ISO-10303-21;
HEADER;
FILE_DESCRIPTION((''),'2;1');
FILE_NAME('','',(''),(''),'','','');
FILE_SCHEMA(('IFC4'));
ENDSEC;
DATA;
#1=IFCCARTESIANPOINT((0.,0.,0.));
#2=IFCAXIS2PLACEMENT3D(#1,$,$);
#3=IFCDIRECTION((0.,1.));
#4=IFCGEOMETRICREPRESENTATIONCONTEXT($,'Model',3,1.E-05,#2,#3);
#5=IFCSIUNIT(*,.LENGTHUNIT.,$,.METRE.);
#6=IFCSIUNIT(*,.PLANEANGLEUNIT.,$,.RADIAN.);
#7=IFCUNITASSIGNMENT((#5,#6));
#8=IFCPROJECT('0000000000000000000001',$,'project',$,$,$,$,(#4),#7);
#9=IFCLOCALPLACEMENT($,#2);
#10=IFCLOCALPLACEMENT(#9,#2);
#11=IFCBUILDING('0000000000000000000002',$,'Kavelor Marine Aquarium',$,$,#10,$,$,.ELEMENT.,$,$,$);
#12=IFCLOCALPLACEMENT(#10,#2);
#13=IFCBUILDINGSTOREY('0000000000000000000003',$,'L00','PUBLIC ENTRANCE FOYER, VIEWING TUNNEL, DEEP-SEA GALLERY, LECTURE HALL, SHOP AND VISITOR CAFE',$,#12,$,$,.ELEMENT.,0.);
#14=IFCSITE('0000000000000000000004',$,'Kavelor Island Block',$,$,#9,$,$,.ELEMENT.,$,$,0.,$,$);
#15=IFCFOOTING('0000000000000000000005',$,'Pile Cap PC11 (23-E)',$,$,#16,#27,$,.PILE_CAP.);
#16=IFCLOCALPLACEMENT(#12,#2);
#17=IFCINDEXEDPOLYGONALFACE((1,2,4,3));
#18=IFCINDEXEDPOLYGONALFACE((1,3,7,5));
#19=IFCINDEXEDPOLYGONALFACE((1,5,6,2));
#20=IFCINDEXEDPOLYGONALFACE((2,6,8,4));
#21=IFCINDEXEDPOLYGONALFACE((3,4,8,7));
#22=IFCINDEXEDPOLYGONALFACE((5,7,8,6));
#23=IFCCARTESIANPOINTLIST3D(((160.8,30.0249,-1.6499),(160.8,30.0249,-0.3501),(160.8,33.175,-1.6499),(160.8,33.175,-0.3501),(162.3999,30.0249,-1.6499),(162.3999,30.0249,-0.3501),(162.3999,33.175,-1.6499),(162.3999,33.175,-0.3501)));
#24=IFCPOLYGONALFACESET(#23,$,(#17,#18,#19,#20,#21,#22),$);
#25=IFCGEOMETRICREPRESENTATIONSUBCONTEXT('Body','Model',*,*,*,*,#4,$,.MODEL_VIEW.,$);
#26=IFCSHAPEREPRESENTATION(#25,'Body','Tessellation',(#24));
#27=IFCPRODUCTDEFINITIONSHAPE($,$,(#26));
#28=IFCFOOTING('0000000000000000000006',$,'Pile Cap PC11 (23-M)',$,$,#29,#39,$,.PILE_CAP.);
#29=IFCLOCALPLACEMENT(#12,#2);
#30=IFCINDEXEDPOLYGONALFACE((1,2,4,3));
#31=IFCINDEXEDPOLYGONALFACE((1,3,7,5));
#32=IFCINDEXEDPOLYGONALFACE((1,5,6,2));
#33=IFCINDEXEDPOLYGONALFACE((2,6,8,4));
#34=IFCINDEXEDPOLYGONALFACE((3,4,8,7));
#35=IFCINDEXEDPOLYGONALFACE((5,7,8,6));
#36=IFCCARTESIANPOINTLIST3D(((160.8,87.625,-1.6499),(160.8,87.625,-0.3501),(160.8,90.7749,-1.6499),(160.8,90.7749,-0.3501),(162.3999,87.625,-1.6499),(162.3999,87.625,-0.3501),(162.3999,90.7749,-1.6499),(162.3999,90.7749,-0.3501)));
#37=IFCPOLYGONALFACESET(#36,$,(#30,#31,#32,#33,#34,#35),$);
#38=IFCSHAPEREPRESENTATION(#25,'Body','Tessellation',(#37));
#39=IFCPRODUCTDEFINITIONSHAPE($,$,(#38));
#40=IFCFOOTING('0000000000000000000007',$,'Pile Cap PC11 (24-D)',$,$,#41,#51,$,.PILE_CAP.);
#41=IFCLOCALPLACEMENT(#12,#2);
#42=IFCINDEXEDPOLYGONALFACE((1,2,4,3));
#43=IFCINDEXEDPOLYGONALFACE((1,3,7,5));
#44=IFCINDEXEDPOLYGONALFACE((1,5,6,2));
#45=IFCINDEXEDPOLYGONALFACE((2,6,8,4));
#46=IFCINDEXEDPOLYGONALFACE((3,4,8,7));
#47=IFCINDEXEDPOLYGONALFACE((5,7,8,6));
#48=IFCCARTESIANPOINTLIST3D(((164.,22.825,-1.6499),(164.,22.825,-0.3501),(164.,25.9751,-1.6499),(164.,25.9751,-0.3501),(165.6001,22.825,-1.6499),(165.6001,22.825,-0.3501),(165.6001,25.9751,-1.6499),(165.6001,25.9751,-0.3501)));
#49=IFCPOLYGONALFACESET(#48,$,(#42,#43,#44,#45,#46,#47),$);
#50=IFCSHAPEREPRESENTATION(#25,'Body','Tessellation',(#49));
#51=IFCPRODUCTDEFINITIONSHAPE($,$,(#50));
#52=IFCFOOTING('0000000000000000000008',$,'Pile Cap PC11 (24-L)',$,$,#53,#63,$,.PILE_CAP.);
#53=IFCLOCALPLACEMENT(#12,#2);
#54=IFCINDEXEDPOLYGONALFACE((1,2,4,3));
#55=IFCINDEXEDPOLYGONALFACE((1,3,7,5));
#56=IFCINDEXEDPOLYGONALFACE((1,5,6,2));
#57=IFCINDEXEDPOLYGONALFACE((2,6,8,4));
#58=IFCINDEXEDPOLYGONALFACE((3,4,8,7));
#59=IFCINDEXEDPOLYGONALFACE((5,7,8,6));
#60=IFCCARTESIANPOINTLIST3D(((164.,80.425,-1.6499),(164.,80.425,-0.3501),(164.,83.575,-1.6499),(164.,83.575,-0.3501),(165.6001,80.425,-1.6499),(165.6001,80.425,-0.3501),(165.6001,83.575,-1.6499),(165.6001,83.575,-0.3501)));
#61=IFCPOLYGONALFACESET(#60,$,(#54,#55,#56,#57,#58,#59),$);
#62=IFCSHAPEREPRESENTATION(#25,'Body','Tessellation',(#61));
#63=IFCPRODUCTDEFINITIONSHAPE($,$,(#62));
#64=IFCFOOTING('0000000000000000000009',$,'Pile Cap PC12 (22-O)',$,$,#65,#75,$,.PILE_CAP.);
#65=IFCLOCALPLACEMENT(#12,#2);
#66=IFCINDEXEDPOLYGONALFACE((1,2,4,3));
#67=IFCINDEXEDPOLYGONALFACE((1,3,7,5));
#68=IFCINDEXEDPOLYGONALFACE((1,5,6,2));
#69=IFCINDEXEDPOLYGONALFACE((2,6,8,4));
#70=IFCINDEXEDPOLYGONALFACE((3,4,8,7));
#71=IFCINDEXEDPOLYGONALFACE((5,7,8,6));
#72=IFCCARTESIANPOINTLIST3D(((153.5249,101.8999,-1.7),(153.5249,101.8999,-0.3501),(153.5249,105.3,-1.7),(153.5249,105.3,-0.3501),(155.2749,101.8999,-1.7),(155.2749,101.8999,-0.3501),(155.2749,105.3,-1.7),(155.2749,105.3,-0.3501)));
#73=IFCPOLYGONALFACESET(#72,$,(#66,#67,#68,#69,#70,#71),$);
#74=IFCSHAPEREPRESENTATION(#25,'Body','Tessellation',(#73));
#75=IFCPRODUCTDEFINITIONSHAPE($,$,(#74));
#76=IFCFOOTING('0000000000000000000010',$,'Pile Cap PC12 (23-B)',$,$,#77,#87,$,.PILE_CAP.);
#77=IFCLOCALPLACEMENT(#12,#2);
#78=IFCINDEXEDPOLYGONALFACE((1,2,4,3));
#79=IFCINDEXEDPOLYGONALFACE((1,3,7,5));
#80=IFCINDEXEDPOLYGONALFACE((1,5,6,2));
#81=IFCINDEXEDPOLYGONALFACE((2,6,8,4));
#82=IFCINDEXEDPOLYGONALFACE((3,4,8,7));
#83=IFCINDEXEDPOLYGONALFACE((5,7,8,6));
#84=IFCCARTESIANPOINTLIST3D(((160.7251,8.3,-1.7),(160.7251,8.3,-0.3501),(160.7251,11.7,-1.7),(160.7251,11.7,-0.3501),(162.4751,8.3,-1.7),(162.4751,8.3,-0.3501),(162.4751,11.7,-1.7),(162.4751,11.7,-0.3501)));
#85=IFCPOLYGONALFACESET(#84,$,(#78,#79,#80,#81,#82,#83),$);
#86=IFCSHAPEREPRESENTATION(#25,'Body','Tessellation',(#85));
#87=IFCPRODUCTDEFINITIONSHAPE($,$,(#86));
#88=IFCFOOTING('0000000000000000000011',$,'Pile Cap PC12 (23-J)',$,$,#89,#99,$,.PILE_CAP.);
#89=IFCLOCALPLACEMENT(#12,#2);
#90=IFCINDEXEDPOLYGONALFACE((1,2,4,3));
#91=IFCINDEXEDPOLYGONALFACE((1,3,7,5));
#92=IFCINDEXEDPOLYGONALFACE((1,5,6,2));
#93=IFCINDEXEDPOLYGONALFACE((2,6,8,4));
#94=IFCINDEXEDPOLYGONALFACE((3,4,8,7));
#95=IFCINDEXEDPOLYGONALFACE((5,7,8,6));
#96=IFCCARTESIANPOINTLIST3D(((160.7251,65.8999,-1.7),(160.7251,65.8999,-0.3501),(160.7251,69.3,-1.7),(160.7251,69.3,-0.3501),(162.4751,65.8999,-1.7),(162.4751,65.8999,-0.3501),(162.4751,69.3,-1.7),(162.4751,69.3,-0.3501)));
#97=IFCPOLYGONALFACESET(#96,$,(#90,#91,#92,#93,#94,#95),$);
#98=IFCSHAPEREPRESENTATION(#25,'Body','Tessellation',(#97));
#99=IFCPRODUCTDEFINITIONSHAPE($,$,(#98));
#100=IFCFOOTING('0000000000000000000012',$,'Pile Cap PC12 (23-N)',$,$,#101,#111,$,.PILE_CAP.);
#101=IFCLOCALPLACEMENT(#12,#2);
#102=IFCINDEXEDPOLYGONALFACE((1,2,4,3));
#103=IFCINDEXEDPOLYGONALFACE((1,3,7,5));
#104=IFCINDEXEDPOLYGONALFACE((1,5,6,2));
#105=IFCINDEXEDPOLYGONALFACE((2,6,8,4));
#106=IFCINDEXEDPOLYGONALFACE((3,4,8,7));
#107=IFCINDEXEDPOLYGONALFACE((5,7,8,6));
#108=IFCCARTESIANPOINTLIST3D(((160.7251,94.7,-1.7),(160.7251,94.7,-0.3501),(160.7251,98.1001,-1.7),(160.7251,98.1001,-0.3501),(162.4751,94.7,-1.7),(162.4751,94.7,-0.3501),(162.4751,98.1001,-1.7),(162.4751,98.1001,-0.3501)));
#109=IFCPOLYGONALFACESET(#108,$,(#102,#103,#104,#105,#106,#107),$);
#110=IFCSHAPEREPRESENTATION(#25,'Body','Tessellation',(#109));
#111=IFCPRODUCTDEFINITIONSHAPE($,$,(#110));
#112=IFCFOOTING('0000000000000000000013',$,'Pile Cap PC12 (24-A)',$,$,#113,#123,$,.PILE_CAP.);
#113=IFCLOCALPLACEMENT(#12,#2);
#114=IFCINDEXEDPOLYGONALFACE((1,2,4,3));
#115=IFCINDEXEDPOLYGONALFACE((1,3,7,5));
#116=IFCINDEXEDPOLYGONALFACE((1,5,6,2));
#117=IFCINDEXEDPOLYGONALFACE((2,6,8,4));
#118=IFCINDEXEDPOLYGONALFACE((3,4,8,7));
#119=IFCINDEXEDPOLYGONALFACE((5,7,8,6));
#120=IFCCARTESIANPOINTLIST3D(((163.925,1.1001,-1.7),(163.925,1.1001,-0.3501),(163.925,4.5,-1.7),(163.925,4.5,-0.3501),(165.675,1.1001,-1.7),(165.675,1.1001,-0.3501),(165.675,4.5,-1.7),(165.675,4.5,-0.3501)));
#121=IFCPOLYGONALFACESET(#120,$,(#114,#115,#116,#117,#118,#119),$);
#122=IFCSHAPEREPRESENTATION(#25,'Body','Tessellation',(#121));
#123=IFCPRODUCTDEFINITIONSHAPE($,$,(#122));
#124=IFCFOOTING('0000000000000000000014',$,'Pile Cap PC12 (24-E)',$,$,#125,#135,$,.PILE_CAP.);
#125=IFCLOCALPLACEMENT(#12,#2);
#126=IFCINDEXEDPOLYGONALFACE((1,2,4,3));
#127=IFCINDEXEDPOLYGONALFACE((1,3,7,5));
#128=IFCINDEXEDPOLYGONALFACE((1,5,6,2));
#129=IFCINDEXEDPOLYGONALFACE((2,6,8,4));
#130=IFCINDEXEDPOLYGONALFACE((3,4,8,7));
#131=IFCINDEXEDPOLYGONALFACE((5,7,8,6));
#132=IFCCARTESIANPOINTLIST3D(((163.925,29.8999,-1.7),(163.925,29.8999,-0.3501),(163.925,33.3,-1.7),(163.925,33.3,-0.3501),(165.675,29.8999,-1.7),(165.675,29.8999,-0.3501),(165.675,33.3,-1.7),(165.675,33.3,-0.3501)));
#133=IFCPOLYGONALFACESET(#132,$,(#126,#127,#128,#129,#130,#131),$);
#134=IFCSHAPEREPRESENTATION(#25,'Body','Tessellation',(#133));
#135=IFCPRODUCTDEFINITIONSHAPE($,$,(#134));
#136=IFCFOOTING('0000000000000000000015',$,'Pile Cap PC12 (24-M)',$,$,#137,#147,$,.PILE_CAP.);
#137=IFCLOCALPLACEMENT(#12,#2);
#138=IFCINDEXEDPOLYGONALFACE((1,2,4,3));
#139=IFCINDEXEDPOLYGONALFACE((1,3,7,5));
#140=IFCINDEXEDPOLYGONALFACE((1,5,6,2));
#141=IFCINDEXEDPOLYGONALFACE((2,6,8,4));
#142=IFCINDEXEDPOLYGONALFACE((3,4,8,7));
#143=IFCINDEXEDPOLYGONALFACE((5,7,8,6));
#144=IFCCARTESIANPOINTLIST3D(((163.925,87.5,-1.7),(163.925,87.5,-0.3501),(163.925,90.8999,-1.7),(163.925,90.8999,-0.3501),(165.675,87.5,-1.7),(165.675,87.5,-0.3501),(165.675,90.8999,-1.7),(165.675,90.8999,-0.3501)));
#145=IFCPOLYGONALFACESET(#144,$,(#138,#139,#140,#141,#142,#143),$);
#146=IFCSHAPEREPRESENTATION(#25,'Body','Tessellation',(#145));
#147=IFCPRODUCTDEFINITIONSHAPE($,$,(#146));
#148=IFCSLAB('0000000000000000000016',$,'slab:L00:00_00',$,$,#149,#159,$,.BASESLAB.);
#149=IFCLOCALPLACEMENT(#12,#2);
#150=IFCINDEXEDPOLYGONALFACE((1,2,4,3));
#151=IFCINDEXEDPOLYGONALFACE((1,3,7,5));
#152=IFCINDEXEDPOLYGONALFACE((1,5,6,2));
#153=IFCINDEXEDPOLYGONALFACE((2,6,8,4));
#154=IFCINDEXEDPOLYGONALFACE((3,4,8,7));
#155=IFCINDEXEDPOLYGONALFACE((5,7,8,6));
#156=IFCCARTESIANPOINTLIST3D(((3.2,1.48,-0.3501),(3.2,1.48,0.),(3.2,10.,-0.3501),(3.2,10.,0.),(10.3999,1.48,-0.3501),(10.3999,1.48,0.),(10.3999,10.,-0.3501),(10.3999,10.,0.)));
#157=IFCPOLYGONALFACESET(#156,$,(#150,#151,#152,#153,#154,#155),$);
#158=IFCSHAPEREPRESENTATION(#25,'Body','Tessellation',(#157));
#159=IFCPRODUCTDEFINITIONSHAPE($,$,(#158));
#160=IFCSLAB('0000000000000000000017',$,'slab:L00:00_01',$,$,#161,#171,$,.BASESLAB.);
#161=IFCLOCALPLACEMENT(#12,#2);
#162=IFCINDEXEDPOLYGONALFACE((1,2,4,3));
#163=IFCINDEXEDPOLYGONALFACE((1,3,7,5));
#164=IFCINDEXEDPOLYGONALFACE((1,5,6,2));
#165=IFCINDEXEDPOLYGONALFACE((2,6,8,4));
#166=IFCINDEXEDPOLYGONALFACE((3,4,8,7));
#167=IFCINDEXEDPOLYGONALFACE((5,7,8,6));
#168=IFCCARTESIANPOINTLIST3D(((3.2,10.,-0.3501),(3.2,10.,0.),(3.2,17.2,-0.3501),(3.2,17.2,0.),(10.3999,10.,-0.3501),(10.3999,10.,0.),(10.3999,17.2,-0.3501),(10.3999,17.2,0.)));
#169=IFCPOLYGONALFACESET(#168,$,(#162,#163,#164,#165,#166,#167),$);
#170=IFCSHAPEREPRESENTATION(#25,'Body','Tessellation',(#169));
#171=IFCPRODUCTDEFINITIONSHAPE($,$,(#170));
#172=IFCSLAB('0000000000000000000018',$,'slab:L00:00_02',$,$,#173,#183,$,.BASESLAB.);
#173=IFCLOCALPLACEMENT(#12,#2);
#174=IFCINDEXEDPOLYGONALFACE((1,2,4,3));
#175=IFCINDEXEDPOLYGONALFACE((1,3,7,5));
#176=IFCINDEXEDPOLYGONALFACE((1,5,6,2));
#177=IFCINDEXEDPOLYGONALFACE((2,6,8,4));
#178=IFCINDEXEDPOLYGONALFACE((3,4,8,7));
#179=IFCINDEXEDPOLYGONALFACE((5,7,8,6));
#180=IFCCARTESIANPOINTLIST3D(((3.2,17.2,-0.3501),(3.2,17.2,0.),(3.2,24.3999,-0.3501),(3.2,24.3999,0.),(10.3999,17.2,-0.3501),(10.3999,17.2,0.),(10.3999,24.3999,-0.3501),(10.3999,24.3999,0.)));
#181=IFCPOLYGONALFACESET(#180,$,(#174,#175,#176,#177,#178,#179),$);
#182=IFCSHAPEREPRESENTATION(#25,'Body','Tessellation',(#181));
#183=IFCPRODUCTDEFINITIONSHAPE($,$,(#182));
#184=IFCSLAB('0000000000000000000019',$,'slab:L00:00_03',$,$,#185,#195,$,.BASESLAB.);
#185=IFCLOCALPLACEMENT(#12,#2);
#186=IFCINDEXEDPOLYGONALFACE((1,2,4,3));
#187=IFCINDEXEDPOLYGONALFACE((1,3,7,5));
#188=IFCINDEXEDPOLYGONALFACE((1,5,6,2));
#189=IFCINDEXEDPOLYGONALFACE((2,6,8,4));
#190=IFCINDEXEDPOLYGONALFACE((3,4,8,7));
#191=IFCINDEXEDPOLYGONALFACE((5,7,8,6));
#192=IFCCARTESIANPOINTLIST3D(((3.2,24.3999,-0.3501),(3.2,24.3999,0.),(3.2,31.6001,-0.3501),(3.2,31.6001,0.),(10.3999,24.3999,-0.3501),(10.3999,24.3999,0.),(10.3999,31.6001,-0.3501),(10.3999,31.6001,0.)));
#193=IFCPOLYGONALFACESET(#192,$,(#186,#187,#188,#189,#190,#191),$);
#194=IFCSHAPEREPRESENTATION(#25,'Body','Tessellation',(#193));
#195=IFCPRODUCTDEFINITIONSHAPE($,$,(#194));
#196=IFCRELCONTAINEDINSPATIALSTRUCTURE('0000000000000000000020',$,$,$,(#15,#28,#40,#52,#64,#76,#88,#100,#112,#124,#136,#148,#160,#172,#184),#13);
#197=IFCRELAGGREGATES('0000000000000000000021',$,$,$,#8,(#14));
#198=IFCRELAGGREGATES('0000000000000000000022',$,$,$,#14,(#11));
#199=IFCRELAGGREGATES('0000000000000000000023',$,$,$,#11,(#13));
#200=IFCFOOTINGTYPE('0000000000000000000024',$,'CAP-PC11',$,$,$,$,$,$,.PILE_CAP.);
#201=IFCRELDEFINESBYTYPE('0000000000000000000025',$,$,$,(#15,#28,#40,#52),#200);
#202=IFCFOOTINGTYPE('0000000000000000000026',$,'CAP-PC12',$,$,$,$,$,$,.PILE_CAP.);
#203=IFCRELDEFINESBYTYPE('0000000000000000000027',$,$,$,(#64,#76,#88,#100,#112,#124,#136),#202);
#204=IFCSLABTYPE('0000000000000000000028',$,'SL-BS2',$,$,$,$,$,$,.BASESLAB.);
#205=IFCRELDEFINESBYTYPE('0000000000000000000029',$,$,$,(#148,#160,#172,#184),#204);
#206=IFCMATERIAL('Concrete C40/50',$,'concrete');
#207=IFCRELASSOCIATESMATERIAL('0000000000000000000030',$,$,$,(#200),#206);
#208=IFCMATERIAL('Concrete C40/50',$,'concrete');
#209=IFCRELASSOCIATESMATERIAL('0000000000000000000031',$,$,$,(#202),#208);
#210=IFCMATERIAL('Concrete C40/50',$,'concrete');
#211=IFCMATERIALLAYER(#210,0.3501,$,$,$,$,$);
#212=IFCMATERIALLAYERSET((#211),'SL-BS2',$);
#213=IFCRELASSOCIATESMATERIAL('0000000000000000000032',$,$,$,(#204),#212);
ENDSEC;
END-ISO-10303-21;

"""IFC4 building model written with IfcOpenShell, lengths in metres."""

from ifc_helpers import new_model, si_unit, direction, frame, origin, place, context, subcontext, project, spatial, polyline, outline, extrude, material, layer, layer_set, type_object, element, save


model = new_model("IFC4")

# Units and contexts
model_context = context("Model", 3, precision=1e-05, world=origin(), true_north=direction((0.0, 1.0)))
body_context = subcontext(model_context, "Body", "Model", "MODEL_VIEW")
ifc_project = project(units=[si_unit("LENGTHUNIT", "METRE"), si_unit("PLANEANGLEUNIT", "RADIAN")], contexts=[model_context])

# Site, building, storey
site_placement = place(None, origin())
site = spatial("IfcSite", under=ifc_project, at=site_placement, Name="Kavelor Island Block", CompositionType="ELEMENT", RefElevation=0.0)
building_placement = place(site_placement, origin())
building = spatial("IfcBuilding", under=site, at=building_placement, Name="Kavelor Marine Aquarium", CompositionType="ELEMENT")
storey_placement = place(building_placement, origin())
storey = spatial("IfcBuildingStorey", under=building, at=storey_placement, Name="L00", Description="PUBLIC ENTRANCE FOYER, VIEWING TUNNEL, DEEP-SEA GALLERY, LECTURE HALL, SHOP AND VISITOR CAFE", CompositionType="ELEMENT", Elevation=0.0)

# Footings
ifc_material_1 = material(Name="Concrete C40/50", Category="concrete")
footing_type_1 = type_object("IfcFootingType", Name="CAP-PC11", PredefinedType="PILE_CAP", material=ifc_material_1)
footing_1_placement = place(storey_placement, frame((0.0, 0.0, -1.6499)))
element("IfcFooting", 1, at=footing_1_placement, inside=storey, type_object=footing_type_1, Name="Pile Cap PC11 (23-E)", PredefinedType="PILE_CAP", context=body_context, shape_type="SweptSolid", body=[
    extrude(outline(polyline([(160.8, 30.0249), (162.3999, 30.0249), (162.3999, 33.175), (160.8, 33.175), (160.8, 30.0249)])), origin(), (0.0, 0.0, 1.0), 1.2998),
])
footing_2_placement = place(storey_placement, frame((0.0, 0.0, -1.6499)))
element("IfcFooting", 2, at=footing_2_placement, inside=storey, type_object=footing_type_1, Name="Pile Cap PC11 (23-M)", PredefinedType="PILE_CAP", context=body_context, shape_type="SweptSolid", body=[
    extrude(outline(polyline([(160.8, 87.625), (162.3999, 87.625), (162.3999, 90.7749), (160.8, 90.7749), (160.8, 87.625)])), origin(), (0.0, 0.0, 1.0), 1.2998),
])
footing_3_placement = place(storey_placement, frame((0.0, 0.0, -1.6499)))
element("IfcFooting", 3, at=footing_3_placement, inside=storey, type_object=footing_type_1, Name="Pile Cap PC11 (24-D)", PredefinedType="PILE_CAP", context=body_context, shape_type="SweptSolid", body=[
    extrude(outline(polyline([(164.0, 22.825), (165.6001, 22.825), (165.6001, 25.9751), (164.0, 25.9751), (164.0, 22.825)])), origin(), (0.0, 0.0, 1.0), 1.2998),
])
footing_4_placement = place(storey_placement, frame((0.0, 0.0, -1.6499)))
element("IfcFooting", 4, at=footing_4_placement, inside=storey, type_object=footing_type_1, Name="Pile Cap PC11 (24-L)", PredefinedType="PILE_CAP", context=body_context, shape_type="SweptSolid", body=[
    extrude(outline(polyline([(164.0, 80.425), (165.6001, 80.425), (165.6001, 83.575), (164.0, 83.575), (164.0, 80.425)])), origin(), (0.0, 0.0, 1.0), 1.2998),
])
ifc_material_2 = material(Name="Concrete C40/50", Category="concrete")
footing_type_2 = type_object("IfcFootingType", Name="CAP-PC12", PredefinedType="PILE_CAP", material=ifc_material_2)
footing_5_placement = place(storey_placement, frame((0.0, 0.0, -1.7)))
element("IfcFooting", 5, at=footing_5_placement, inside=storey, type_object=footing_type_2, Name="Pile Cap PC12 (22-O)", PredefinedType="PILE_CAP", context=body_context, shape_type="SweptSolid", body=[
    extrude(outline(polyline([(153.5249, 101.8999), (155.2749, 101.8999), (155.2749, 105.3), (153.5249, 105.3), (153.5249, 101.8999)])), origin(), (0.0, 0.0, 1.0), 1.3499),
])
footing_6_placement = place(storey_placement, frame((0.0, 0.0, -1.7)))
element("IfcFooting", 6, at=footing_6_placement, inside=storey, type_object=footing_type_2, Name="Pile Cap PC12 (23-B)", PredefinedType="PILE_CAP", context=body_context, shape_type="SweptSolid", body=[
    extrude(outline(polyline([(160.7251, 8.3), (162.4751, 8.3), (162.4751, 11.7), (160.7251, 11.7), (160.7251, 8.3)])), origin(), (0.0, 0.0, 1.0), 1.3499),
])
footing_7_placement = place(storey_placement, frame((0.0, 0.0, -1.7)))
element("IfcFooting", 7, at=footing_7_placement, inside=storey, type_object=footing_type_2, Name="Pile Cap PC12 (23-J)", PredefinedType="PILE_CAP", context=body_context, shape_type="SweptSolid", body=[
    extrude(outline(polyline([(160.7251, 65.8999), (162.4751, 65.8999), (162.4751, 69.3), (160.7251, 69.3), (160.7251, 65.8999)])), origin(), (0.0, 0.0, 1.0), 1.3499),
])
footing_8_placement = place(storey_placement, frame((0.0, 0.0, -1.7)))
element("IfcFooting", 8, at=footing_8_placement, inside=storey, type_object=footing_type_2, Name="Pile Cap PC12 (23-N)", PredefinedType="PILE_CAP", context=body_context, shape_type="SweptSolid", body=[
    extrude(outline(polyline([(160.7251, 94.7), (162.4751, 94.7), (162.4751, 98.1001), (160.7251, 98.1001), (160.7251, 94.7)])), origin(), (0.0, 0.0, 1.0), 1.3499),
])
footing_9_placement = place(storey_placement, frame((0.0, 0.0, -1.7)))
element("IfcFooting", 9, at=footing_9_placement, inside=storey, type_object=footing_type_2, Name="Pile Cap PC12 (24-A)", PredefinedType="PILE_CAP", context=body_context, shape_type="SweptSolid", body=[
    extrude(outline(polyline([(163.925, 1.1001), (165.675, 1.1001), (165.675, 4.5), (163.925, 4.5), (163.925, 1.1001)])), origin(), (0.0, 0.0, 1.0), 1.3499),
])
footing_10_placement = place(storey_placement, frame((0.0, 0.0, -1.7)))
element("IfcFooting", 10, at=footing_10_placement, inside=storey, type_object=footing_type_2, Name="Pile Cap PC12 (24-E)", PredefinedType="PILE_CAP", context=body_context, shape_type="SweptSolid", body=[
    extrude(outline(polyline([(163.925, 29.8999), (165.675, 29.8999), (165.675, 33.3), (163.925, 33.3), (163.925, 29.8999)])), origin(), (0.0, 0.0, 1.0), 1.3499),
])
footing_11_placement = place(storey_placement, frame((0.0, 0.0, -1.7)))
element("IfcFooting", 11, at=footing_11_placement, inside=storey, type_object=footing_type_2, Name="Pile Cap PC12 (24-M)", PredefinedType="PILE_CAP", context=body_context, shape_type="SweptSolid", body=[
    extrude(outline(polyline([(163.925, 87.5), (165.675, 87.5), (165.675, 90.8999), (163.925, 90.8999), (163.925, 87.5)])), origin(), (0.0, 0.0, 1.0), 1.3499),
])

# Slabs
ifc_material_3 = material(Name="Concrete C40/50", Category="concrete")
ifc_layer_1 = layer(ifc_material_3, 0.3501)
ifc_layer_set_1 = layer_set([ifc_layer_1], Name="SL-BS2")
slab_type_1 = type_object("IfcSlabType", Name="SL-BS2", PredefinedType="BASESLAB", material=ifc_layer_set_1)
slab_1_placement = place(storey_placement, frame((0.0, 0.0, -0.3501)))
element("IfcSlab", 12, at=slab_1_placement, inside=storey, type_object=slab_type_1, Name="slab:L00:00_00", PredefinedType="BASESLAB", context=body_context, shape_type="SweptSolid", body=[
    extrude(outline(polyline([(3.2, 1.48), (10.3999, 1.48), (10.3999, 10.0), (3.2, 10.0), (3.2, 1.48)])), origin(), (0.0, 0.0, 1.0), 0.3501),
])
slab_2_placement = place(storey_placement, frame((0.0, 0.0, -0.3501)))
element("IfcSlab", 13, at=slab_2_placement, inside=storey, type_object=slab_type_1, Name="slab:L00:00_01", PredefinedType="BASESLAB", context=body_context, shape_type="SweptSolid", body=[
    extrude(outline(polyline([(3.2, 10.0), (10.3999, 10.0), (10.3999, 17.2), (3.2, 17.2), (3.2, 10.0)])), origin(), (0.0, 0.0, 1.0), 0.3501),
])
slab_3_placement = place(storey_placement, frame((0.0, 0.0, -0.3501)))
element("IfcSlab", 14, at=slab_3_placement, inside=storey, type_object=slab_type_1, Name="slab:L00:00_02", PredefinedType="BASESLAB", context=body_context, shape_type="SweptSolid", body=[
    extrude(outline(polyline([(3.2, 17.2), (10.3999, 17.2), (10.3999, 24.3999), (3.2, 24.3999), (3.2, 17.2)])), origin(), (0.0, 0.0, 1.0), 0.3501),
])
slab_4_placement = place(storey_placement, frame((0.0, 0.0, -0.3501)))
element("IfcSlab", 15, at=slab_4_placement, inside=storey, type_object=slab_type_1, Name="slab:L00:00_03", PredefinedType="BASESLAB", context=body_context, shape_type="SweptSolid", body=[
    extrude(outline(polyline([(3.2, 24.3999), (10.3999, 24.3999), (10.3999, 31.6001), (3.2, 31.6001), (3.2, 24.3999)])), origin(), (0.0, 0.0, 1.0), 0.3501),
])

save(model, "model.ifc")
